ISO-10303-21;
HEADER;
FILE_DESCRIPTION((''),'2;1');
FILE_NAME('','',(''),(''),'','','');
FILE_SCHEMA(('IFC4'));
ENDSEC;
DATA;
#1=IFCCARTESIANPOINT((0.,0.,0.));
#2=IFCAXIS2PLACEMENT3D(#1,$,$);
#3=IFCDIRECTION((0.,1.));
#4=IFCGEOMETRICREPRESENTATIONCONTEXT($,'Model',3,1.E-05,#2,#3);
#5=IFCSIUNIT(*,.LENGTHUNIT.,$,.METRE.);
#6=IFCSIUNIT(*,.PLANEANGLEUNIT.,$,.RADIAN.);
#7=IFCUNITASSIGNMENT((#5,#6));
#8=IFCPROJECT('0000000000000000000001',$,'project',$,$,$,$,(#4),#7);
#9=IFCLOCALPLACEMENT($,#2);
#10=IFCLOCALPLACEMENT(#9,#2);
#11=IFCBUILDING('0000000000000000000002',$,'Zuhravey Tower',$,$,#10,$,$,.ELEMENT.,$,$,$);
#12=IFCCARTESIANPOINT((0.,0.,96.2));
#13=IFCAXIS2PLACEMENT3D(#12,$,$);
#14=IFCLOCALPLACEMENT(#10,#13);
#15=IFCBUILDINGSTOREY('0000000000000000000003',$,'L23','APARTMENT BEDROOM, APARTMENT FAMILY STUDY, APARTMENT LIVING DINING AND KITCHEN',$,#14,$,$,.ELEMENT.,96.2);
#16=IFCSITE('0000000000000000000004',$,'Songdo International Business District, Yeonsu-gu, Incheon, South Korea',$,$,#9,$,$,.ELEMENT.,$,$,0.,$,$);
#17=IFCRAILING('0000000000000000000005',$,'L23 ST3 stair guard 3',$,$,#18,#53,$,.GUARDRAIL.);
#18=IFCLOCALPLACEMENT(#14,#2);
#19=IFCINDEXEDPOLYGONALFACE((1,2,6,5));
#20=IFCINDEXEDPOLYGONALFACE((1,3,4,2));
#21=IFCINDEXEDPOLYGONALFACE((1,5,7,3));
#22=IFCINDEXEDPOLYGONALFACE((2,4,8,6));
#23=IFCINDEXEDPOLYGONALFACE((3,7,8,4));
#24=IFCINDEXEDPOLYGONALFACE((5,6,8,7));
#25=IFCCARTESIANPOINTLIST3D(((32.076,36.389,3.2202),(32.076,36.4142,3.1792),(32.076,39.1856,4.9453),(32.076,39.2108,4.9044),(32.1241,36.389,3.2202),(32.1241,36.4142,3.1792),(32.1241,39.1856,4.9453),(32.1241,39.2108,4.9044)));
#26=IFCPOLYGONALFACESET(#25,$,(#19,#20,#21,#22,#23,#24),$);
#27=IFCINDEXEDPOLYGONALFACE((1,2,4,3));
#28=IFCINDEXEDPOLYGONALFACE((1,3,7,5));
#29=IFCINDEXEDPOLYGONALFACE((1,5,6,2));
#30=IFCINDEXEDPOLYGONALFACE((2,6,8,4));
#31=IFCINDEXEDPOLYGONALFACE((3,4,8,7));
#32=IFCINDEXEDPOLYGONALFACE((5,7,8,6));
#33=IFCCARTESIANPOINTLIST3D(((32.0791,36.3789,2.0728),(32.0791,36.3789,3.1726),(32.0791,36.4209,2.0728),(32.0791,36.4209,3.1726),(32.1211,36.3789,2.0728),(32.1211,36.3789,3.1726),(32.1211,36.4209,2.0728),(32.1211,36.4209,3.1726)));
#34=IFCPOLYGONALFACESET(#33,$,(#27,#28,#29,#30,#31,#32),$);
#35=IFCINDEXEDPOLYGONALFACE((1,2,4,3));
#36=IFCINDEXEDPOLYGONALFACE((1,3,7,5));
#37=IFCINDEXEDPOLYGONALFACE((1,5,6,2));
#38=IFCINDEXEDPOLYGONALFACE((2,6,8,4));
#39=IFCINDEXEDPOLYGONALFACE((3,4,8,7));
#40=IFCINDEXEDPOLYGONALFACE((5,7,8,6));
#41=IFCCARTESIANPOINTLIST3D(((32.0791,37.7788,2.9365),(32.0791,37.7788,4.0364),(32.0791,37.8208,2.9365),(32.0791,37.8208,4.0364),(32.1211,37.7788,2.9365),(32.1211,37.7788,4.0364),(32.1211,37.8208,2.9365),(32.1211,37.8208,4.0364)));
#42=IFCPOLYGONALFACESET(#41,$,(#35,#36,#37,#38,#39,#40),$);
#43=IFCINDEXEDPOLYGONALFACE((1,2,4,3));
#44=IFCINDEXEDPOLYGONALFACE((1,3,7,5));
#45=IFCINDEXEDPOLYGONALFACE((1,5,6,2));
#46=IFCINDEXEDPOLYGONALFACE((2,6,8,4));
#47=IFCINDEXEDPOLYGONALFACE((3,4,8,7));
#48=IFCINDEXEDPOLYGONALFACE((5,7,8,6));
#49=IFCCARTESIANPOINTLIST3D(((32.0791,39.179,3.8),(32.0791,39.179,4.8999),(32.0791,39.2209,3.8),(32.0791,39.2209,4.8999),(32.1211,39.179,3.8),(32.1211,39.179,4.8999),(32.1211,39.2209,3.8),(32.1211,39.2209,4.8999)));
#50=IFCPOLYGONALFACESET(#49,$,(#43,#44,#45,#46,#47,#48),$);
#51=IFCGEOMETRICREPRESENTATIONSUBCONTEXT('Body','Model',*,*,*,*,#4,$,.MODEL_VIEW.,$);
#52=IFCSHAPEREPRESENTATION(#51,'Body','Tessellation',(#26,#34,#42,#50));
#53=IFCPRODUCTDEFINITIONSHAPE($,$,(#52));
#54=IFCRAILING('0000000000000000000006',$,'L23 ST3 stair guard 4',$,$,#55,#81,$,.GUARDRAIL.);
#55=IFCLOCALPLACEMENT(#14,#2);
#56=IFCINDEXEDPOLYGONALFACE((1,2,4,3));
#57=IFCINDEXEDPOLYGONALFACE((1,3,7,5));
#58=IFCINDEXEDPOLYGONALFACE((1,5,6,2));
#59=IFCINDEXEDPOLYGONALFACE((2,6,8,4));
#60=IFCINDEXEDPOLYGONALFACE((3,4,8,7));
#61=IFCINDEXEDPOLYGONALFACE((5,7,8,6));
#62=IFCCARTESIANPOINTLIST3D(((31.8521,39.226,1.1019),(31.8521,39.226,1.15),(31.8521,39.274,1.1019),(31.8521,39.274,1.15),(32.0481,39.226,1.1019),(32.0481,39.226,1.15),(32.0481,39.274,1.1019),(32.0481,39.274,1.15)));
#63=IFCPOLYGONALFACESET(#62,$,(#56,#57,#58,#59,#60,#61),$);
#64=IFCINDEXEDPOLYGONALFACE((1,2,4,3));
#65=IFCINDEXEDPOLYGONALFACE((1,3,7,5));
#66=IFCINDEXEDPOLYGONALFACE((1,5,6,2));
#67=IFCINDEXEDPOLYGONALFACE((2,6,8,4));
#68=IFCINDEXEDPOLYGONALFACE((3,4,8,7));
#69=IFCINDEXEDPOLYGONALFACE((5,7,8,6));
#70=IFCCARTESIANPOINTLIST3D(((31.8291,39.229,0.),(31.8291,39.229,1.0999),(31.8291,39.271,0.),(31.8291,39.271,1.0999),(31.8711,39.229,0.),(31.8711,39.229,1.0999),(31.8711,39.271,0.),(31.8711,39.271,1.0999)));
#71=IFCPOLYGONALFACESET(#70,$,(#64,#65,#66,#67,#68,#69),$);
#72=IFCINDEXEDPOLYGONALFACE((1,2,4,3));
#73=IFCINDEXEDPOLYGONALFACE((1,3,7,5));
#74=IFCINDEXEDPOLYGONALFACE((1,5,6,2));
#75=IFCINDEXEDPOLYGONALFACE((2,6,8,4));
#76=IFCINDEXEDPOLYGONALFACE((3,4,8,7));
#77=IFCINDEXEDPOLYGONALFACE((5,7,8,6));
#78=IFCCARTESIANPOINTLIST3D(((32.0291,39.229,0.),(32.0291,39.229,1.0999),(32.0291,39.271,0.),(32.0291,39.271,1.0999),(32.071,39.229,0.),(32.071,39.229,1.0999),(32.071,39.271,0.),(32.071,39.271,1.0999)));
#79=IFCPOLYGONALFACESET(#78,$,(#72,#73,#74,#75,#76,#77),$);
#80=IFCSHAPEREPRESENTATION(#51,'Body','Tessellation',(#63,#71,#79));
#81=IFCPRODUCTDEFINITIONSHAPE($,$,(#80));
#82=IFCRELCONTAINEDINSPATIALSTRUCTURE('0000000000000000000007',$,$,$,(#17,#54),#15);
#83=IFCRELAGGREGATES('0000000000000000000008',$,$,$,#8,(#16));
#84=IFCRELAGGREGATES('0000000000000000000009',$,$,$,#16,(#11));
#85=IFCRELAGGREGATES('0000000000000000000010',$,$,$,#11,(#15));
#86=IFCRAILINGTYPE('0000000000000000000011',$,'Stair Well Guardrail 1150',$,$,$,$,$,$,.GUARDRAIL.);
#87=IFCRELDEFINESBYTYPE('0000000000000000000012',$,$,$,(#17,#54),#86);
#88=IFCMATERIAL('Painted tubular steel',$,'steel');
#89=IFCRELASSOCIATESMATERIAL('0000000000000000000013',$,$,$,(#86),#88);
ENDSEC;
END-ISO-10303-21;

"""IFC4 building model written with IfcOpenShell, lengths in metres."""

from ifc_helpers import new_model, si_unit, direction, frame, origin, origin_2d, place, context, subcontext, project, spatial, rectangle, extrude, material, type_object, element, save


model = new_model("IFC4")

# Units and contexts
model_context = context("Model", 3, precision=1e-05, world=origin(), true_north=direction((0.0, 1.0)))
body_context = subcontext(model_context, "Body", "Model", "MODEL_VIEW")
ifc_project = project(units=[si_unit("LENGTHUNIT", "METRE"), si_unit("PLANEANGLEUNIT", "RADIAN")], contexts=[model_context])

# Site, building, storey
site_placement = place(None, origin())
site = spatial("IfcSite", under=ifc_project, at=site_placement, Name="Songdo International Business District, Yeonsu-gu, Incheon, South Korea", CompositionType="ELEMENT", RefElevation=0.0)
building_placement = place(site_placement, origin())
building = spatial("IfcBuilding", under=site, at=building_placement, Name="Zuhravey Tower", CompositionType="ELEMENT")
storey_placement = place(building_placement, frame((0.0, 0.0, 96.2)))
storey = spatial("IfcBuildingStorey", under=building, at=storey_placement, Name="L23", Description="APARTMENT BEDROOM, APARTMENT FAMILY STUDY, APARTMENT LIVING DINING AND KITCHEN", CompositionType="ELEMENT", Elevation=96.2)

# Railings
ifc_material_1 = material(Name="Painted tubular steel", Category="steel")
railing_type_1 = type_object("IfcRailingType", Name="Stair Well Guardrail 1150", PredefinedType="GUARDRAIL", material=ifc_material_1)
railing_1_placement = place(storey_placement, frame((32.1001, 36.3999, 2.0728)))
element("IfcRailing", 1, at=railing_1_placement, inside=storey, type_object=railing_type_1, Name="L23 ST3 stair guard 3", PredefinedType="GUARDRAIL", context=body_context, shape_type="SweptSolid", body=[
    extrude(rectangle(XDim=0.0481, YDim=0.0481, at=origin_2d()), frame((0.0, 0.0017, 1.127), z_axis=(0.0, 0.85109, 0.52502), x_axis=(-1.0, 0.0, 0.0)), (0.0, 0.0, 1.0), 3.2859),
    extrude(rectangle(XDim=0.042, YDim=0.042, at=origin_2d()), origin(), (0.0, 0.0, 1.0), 1.0999),
    extrude(rectangle(XDim=0.042, YDim=0.042, at=origin_2d()), frame((0.0, 1.3999, 0.8638)), (0.0, 0.0, 1.0), 1.0999),
    extrude(rectangle(XDim=0.042, YDim=0.042, at=origin_2d()), frame((0.0, 2.8, 1.7273)), (0.0, 0.0, 1.0), 1.0999),
])
railing_2_placement = place(storey_placement, frame((31.8501, 39.25, 0.0)))
element("IfcRailing", 2, at=railing_2_placement, inside=storey, type_object=railing_type_1, Name="L23 ST3 stair guard 4", PredefinedType="GUARDRAIL", context=body_context, shape_type="SweptSolid", body=[
    extrude(rectangle(XDim=0.0481, YDim=0.0481, at=origin_2d()), frame((0.002, 0.0, 1.126), z_axis=(1.0, 0.0, 0.0), x_axis=(0.0, 1.0, 0.0)), (0.0, 0.0, 1.0), 0.196),
    extrude(rectangle(XDim=0.042, YDim=0.042, at=origin_2d()), origin(), (0.0, 0.0, 1.0), 1.0999),
    extrude(rectangle(XDim=0.042, YDim=0.042, at=origin_2d()), frame((0.2, 0.0, 0.0)), (0.0, 0.0, 1.0), 1.0999),
])

save(model, "model.ifc")
